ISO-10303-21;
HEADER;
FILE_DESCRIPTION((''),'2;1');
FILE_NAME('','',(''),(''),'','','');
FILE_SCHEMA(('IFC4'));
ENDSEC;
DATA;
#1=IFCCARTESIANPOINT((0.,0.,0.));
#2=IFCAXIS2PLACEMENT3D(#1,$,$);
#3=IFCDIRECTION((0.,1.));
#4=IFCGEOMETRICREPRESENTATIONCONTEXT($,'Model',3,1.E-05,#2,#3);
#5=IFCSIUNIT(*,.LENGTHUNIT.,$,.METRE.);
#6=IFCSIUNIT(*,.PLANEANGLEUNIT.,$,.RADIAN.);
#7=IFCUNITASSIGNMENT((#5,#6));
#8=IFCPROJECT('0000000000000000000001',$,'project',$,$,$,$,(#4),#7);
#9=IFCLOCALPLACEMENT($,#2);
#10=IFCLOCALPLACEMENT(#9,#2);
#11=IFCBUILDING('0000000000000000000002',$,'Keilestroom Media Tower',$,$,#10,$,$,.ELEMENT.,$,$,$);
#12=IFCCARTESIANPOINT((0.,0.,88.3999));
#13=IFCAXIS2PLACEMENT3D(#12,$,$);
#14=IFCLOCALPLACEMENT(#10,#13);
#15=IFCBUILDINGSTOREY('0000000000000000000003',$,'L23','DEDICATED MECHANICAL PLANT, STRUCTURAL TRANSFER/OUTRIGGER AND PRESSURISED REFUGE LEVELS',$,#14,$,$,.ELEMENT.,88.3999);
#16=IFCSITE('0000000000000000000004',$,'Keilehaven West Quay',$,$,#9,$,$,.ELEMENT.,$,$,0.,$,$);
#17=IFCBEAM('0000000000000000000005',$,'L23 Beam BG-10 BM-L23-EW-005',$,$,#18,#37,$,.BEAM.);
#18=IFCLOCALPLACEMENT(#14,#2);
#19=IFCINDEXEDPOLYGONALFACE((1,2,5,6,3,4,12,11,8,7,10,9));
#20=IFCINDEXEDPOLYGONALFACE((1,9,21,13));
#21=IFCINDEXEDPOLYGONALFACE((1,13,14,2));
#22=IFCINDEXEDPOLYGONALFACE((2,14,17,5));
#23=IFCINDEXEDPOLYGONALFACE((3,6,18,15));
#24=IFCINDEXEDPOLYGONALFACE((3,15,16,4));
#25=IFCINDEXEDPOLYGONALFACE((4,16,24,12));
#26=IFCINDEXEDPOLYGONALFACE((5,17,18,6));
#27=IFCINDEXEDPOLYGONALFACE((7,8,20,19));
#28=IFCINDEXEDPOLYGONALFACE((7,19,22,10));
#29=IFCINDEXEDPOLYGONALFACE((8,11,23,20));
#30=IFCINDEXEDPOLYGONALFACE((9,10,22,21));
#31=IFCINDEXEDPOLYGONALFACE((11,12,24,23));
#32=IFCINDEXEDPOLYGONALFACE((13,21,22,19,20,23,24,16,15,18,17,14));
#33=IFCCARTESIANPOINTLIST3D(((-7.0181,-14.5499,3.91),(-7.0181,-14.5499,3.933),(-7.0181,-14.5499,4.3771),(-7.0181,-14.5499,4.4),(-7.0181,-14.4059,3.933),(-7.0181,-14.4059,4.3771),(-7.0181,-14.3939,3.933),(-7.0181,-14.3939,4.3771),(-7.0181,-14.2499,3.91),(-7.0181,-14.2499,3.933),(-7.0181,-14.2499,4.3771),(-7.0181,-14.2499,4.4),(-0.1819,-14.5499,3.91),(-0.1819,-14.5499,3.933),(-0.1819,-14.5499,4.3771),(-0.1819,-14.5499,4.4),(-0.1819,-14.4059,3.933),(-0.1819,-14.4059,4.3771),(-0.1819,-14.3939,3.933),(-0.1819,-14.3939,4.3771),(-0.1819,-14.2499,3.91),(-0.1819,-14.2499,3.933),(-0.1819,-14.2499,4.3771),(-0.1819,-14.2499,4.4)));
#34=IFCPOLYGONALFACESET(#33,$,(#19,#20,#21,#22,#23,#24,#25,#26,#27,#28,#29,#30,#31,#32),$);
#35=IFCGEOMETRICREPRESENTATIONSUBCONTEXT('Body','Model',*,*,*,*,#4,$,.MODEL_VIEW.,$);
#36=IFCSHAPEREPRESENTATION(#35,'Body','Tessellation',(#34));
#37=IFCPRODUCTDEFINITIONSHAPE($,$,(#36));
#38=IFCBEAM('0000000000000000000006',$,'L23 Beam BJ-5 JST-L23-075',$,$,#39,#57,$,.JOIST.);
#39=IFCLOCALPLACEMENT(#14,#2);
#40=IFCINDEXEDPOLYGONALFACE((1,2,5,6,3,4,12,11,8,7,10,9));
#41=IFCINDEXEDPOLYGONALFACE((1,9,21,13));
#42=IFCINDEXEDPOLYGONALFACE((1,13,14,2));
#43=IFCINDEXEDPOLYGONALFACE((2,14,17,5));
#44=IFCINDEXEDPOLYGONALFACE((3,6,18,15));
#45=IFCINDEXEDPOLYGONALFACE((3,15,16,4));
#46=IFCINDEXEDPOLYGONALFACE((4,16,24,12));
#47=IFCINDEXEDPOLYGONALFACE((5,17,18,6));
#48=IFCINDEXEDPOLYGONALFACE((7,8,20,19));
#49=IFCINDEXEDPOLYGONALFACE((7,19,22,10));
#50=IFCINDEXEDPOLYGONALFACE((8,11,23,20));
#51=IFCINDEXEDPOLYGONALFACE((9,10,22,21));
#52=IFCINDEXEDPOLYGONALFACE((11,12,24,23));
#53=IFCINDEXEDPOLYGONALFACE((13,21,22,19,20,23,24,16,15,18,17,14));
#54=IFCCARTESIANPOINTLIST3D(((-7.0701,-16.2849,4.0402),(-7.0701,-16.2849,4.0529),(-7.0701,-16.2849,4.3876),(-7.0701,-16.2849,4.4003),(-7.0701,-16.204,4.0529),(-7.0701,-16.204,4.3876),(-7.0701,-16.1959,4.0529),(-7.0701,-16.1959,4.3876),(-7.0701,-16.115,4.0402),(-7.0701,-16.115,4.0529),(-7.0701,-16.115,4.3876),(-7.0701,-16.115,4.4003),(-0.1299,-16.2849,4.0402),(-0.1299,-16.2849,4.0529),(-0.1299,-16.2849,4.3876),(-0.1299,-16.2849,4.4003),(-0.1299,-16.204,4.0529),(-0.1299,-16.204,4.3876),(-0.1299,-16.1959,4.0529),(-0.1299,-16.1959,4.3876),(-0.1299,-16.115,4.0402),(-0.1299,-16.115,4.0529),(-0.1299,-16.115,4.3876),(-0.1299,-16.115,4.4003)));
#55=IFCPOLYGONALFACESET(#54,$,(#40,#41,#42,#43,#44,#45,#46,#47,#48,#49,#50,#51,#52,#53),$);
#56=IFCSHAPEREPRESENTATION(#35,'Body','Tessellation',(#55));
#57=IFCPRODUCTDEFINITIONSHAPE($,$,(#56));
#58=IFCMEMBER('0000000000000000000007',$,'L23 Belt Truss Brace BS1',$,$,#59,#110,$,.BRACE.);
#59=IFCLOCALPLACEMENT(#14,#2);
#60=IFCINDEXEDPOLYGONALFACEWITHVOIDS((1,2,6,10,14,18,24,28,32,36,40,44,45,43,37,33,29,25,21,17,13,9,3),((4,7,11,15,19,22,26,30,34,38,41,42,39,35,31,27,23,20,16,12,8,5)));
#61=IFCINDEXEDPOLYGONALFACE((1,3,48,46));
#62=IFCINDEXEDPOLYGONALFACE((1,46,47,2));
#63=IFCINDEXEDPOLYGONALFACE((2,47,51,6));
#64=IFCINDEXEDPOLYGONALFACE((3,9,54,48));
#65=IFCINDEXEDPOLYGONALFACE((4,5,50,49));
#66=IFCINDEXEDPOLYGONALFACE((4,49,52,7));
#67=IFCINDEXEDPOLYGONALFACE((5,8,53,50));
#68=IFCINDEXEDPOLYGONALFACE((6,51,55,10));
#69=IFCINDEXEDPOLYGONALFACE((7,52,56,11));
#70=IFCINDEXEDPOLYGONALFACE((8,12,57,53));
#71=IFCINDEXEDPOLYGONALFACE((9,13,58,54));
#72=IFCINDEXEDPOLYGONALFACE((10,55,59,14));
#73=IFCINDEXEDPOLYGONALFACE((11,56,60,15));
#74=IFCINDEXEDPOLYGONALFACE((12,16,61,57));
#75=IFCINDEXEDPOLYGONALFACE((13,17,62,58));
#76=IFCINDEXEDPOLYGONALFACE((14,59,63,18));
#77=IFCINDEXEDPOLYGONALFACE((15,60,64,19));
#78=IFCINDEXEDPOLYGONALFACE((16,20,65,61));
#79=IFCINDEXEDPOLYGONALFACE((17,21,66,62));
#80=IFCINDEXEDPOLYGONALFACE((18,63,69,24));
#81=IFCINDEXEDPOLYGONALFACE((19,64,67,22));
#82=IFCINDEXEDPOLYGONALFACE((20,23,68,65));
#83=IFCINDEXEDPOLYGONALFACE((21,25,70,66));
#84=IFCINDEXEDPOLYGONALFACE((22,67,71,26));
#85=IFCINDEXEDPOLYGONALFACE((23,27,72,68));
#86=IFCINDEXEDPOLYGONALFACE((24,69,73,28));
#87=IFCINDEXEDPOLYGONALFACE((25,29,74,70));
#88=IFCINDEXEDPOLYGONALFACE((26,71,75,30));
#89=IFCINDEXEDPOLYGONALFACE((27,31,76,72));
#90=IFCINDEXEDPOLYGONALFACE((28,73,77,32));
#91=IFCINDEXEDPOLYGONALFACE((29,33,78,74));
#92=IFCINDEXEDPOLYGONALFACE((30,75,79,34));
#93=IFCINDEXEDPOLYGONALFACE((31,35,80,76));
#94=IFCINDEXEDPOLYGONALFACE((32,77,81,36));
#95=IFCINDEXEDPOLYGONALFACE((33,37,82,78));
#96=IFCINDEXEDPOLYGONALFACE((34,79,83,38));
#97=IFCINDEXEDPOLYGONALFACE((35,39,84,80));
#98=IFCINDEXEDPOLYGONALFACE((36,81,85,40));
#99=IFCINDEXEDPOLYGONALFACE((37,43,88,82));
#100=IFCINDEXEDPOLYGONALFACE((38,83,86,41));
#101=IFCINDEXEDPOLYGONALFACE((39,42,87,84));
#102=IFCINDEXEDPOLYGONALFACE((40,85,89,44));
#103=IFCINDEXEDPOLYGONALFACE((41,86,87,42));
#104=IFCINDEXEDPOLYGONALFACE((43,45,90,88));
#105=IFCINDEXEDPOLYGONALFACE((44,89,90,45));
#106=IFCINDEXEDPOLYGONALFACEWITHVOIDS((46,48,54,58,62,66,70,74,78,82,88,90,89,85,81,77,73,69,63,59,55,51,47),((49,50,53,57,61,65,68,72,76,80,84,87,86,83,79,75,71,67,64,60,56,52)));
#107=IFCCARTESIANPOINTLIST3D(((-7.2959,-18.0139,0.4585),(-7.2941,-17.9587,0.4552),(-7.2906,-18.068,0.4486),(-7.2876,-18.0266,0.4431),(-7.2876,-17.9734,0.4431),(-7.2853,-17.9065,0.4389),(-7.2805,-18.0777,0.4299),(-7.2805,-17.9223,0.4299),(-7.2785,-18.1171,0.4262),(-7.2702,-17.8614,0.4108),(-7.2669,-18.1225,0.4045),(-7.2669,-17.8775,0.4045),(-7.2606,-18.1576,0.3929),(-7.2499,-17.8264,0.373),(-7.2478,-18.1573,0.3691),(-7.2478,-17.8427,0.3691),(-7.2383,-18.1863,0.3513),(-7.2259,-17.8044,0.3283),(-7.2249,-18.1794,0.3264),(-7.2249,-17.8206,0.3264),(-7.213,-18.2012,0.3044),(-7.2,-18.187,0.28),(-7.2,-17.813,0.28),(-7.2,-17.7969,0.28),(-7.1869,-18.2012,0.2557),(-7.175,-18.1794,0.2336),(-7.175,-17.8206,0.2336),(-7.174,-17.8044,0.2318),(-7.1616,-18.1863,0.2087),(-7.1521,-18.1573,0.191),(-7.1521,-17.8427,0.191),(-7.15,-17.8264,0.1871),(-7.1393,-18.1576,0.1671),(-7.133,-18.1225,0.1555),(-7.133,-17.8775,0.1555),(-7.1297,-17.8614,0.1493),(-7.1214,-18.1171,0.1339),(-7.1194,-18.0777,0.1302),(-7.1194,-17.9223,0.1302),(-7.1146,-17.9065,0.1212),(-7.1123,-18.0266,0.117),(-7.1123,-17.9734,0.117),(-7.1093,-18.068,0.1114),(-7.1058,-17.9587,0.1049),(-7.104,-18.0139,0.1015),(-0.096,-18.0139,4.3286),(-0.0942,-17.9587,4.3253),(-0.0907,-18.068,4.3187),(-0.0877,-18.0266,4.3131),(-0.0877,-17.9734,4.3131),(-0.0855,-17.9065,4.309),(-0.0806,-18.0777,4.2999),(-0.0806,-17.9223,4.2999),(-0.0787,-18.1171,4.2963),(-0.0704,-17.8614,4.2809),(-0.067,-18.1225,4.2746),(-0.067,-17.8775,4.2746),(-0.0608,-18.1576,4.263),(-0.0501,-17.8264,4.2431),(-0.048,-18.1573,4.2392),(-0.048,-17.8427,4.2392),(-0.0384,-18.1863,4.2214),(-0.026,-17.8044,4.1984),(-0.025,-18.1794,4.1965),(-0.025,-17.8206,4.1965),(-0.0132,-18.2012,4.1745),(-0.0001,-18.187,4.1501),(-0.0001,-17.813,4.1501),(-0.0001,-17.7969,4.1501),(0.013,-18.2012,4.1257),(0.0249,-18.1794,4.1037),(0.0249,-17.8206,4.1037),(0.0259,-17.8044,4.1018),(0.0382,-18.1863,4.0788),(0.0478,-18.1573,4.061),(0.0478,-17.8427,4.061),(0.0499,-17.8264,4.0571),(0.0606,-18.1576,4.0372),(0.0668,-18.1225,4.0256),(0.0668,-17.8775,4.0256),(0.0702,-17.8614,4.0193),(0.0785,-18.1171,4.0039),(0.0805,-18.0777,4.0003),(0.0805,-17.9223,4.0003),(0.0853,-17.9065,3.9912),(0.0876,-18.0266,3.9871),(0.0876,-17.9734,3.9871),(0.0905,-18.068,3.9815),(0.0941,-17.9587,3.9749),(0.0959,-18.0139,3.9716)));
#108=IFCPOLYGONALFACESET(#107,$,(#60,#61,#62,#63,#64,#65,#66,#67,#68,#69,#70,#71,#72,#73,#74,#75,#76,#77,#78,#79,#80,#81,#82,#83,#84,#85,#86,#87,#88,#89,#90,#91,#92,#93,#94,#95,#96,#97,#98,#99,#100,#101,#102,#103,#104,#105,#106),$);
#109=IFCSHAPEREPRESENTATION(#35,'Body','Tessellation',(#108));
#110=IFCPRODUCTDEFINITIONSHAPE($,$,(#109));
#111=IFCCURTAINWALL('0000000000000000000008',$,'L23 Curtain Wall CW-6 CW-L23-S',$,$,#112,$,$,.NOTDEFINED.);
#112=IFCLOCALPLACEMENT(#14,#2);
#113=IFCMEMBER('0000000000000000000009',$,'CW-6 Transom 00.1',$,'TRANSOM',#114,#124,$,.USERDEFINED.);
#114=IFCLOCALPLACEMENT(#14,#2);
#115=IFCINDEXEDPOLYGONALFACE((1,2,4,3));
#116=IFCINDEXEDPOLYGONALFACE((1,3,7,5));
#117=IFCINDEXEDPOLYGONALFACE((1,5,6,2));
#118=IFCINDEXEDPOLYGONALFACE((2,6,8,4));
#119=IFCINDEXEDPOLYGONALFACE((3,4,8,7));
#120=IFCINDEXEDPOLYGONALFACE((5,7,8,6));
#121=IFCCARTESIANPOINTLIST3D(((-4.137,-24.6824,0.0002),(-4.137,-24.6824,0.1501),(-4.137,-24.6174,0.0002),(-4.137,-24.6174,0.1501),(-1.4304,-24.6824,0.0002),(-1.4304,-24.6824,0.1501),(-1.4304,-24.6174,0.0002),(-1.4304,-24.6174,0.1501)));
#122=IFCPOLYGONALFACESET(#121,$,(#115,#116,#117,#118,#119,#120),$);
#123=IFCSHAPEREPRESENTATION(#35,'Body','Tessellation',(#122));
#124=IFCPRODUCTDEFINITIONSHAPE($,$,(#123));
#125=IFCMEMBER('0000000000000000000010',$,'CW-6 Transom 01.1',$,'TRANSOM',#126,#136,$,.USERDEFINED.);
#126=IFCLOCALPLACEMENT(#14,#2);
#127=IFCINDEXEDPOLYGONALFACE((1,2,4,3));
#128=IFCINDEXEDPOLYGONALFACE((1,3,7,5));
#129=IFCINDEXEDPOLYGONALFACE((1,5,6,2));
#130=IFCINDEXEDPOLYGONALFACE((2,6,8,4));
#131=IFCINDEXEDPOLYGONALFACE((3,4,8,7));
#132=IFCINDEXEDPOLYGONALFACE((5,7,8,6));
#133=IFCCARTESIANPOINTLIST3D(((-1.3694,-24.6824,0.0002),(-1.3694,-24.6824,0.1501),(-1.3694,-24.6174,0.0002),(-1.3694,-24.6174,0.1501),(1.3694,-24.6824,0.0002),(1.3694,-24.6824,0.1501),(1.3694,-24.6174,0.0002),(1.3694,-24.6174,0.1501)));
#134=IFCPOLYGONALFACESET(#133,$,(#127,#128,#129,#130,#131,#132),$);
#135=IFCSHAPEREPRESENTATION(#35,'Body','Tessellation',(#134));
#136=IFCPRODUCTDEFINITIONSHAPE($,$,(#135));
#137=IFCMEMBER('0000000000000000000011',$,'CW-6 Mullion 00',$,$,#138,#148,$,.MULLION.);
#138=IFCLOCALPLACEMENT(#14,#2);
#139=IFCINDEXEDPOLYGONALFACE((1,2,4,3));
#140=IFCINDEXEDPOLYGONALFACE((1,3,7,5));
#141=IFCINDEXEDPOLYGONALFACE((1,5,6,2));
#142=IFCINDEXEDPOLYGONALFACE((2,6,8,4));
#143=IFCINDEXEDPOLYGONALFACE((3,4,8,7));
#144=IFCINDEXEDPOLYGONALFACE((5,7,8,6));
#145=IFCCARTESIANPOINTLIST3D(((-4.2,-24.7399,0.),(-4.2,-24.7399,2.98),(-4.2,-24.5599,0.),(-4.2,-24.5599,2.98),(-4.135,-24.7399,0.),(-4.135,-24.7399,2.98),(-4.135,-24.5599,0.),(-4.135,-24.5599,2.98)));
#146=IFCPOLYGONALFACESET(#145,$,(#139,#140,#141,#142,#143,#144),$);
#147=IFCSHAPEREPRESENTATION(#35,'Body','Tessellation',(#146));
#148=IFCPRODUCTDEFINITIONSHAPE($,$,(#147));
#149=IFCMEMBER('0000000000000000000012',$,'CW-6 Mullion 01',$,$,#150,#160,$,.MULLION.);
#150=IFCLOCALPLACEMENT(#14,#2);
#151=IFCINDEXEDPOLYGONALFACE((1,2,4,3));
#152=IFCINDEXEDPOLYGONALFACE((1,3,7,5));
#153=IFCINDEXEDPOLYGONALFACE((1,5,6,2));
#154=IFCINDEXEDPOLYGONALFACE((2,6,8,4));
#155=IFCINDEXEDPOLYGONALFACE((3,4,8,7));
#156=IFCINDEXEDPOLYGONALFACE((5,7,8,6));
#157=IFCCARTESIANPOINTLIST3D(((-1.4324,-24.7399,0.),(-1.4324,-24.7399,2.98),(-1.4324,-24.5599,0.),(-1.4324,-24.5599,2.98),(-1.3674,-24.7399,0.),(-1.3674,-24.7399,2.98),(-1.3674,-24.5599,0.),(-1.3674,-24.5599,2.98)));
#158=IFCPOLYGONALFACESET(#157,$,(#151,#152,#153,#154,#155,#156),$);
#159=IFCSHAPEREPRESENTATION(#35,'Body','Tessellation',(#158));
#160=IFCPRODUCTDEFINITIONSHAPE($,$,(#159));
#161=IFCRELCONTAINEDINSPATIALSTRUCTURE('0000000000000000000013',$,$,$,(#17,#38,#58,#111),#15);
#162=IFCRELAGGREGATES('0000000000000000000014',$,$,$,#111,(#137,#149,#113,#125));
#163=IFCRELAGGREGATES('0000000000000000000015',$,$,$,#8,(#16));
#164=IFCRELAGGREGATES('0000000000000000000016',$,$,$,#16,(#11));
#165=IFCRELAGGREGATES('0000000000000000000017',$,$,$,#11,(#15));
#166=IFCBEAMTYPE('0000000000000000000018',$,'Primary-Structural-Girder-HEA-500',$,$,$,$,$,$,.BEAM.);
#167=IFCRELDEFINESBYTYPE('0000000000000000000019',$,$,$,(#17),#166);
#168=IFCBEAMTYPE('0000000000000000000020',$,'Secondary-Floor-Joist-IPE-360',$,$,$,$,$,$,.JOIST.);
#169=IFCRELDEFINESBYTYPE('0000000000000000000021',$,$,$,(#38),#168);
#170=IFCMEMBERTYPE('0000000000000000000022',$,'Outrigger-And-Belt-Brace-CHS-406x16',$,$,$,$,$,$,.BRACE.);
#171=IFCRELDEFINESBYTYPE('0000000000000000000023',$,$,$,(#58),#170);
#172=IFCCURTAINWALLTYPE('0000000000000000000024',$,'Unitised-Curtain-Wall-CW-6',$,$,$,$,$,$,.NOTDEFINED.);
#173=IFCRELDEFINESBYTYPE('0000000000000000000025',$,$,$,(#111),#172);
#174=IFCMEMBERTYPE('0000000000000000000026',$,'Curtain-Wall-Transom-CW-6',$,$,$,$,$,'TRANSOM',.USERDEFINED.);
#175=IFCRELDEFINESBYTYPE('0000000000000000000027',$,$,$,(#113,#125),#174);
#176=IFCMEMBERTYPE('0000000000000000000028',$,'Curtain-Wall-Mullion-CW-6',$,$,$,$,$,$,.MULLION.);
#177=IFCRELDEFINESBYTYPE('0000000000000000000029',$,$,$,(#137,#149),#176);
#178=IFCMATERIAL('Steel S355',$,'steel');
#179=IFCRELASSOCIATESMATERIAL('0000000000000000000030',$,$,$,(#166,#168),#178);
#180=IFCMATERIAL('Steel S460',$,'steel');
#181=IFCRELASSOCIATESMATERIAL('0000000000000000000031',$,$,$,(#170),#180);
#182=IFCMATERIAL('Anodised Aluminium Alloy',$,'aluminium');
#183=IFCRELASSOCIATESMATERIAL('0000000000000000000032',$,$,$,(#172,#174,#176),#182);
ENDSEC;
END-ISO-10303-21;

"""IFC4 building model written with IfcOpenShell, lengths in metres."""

from ifc_helpers import new_model, si_unit, direction, frame, origin, origin_2d, place, context, subcontext, project, spatial, rectangle, hollow_circle, i_section, extrude, source, transform, mapped, material, material_profile, profile_set, type_object, element, aggregate, save


model = new_model("IFC4")

# Units and contexts
model_context = context("Model", 3, precision=1e-05, world=origin(), true_north=direction((0.0, 1.0)))
body_context = subcontext(model_context, "Body", "Model", "MODEL_VIEW")
ifc_project = project(units=[si_unit("LENGTHUNIT", "METRE"), si_unit("PLANEANGLEUNIT", "RADIAN")], contexts=[model_context])

# Site, building, storey
site_placement = place(None, origin())
site = spatial("IfcSite", under=ifc_project, at=site_placement, Name="Keilehaven West Quay", CompositionType="ELEMENT", RefElevation=0.0)
building_placement = place(site_placement, origin())
building = spatial("IfcBuilding", under=site, at=building_placement, Name="Keilestroom Media Tower", CompositionType="ELEMENT")
storey_placement = place(building_placement, frame((0.0, 0.0, 88.3999)))
storey = spatial("IfcBuildingStorey", under=building, at=storey_placement, Name="L23", Description="DEDICATED MECHANICAL PLANT, STRUCTURAL TRANSFER/OUTRIGGER AND PRESSURISED REFUGE LEVELS", CompositionType="ELEMENT", Elevation=88.3999)

# Shared definitions
ifc_material_1 = material(Name="Steel S460", Category="steel")

# Beams
ifc_material_2 = material(Name="Steel S355", Category="steel")
ifc_material_profile_1 = material_profile(ifc_material_2, i_section(OverallWidth=0.3, OverallDepth=0.49, WebThickness=0.012, FlangeThickness=0.0229, at=origin_2d()), Name="HEA 500")
ifc_profile_set_1 = profile_set([ifc_material_profile_1], Name="Steel S355")
beam_type_1 = type_object("IfcBeamType", Name="Primary-Structural-Girder-HEA-500", PredefinedType="BEAM", material=ifc_profile_set_1)
shared_shape_1 = source(origin(), body_context, "Body", "SweptSolid", [
    extrude(i_section(OverallWidth=0.3, OverallDepth=0.49, WebThickness=0.012, FlangeThickness=0.0229, at=origin_2d()), origin(), (0.0, 0.0, 1.0), 6.8362),
])
for number, where, z_axis, x_axis, name in (
    (1, (-7.0181, -14.3999, 4.155), (1.0, 0.0, 0.0), (0.0, 1.0, 0.0), "L23 Beam BG-10 BM-L23-EW-005"),
):
    element("IfcBeam", number, at=place(storey_placement, frame(where, z_axis=z_axis, x_axis=x_axis)), inside=storey, type_object=beam_type_1, Name=name, PredefinedType="BEAM", context=body_context, shape_type="MappedRepresentation", body=[
        mapped(shared_shape_1, transform((0.0, 0.0, 0.0), x_axis=(1.0, 0.0, 0.0), y_axis=(0.0, 1.0, 0.0), z_axis=(0.0, 0.0, 1.0), scale=1.0)),
    ])
ifc_material_profile_2 = material_profile(ifc_material_2, i_section(OverallWidth=0.1699, OverallDepth=0.3601, WebThickness=0.0081, FlangeThickness=0.0127, at=origin_2d()), Name="IPE 360")
ifc_profile_set_2 = profile_set([ifc_material_profile_2], Name="Steel S355")
beam_type_2 = type_object("IfcBeamType", Name="Secondary-Floor-Joist-IPE-360", PredefinedType="JOIST", material=ifc_profile_set_2)
shared_shape_2 = source(origin(), body_context, "Body", "SweptSolid", [
    extrude(i_section(OverallWidth=0.1699, OverallDepth=0.3601, WebThickness=0.0081, FlangeThickness=0.0127, at=origin_2d()), origin(), (0.0, 0.0, 1.0), 6.9402),
])
beam_1_placement = place(storey_placement, frame((-7.0701, -16.2, 4.2202), z_axis=(1.0, 0.0, 0.0), x_axis=(0.0, 1.0, 0.0)))
element("IfcBeam", 2, at=beam_1_placement, inside=storey, type_object=beam_type_2, Name="L23 Beam BJ-5 JST-L23-075", PredefinedType="JOIST", context=body_context, shape_type="MappedRepresentation", body=[
    mapped(shared_shape_2, transform((0.0, 0.0, 0.0), x_axis=(1.0, 0.0, 0.0), y_axis=(0.0, 1.0, 0.0), z_axis=(0.0, 0.0, 1.0), scale=1.0)),
])

# Member
ifc_material_profile_3 = material_profile(ifc_material_1, hollow_circle(Radius=0.2031, WallThickness=0.0161, at=origin_2d()), Name="CHS 406.4x16")
ifc_profile_set_3 = profile_set([ifc_material_profile_3], Name="Steel S460")
member_type_1 = type_object("IfcMemberType", Name="Outrigger-And-Belt-Brace-CHS-406x16", PredefinedType="BRACE", material=ifc_profile_set_3)
shared_shape_3 = source(origin(), body_context, "Body", "SweptSolid", [
    extrude(hollow_circle(Radius=0.2031, WallThickness=0.0161, at=origin_2d()), origin(), (0.0, 0.0, 1.0), 8.1741),
])
member_1_placement = place(storey_placement, frame((-7.2, -18.0, 0.28), z_axis=(0.880817, 0.0, 0.473457), x_axis=(0.0, 1.0, 0.0)))
element("IfcMember", 3, at=member_1_placement, inside=storey, type_object=member_type_1, Name="L23 Belt Truss Brace BS1", PredefinedType="BRACE", context=body_context, shape_type="MappedRepresentation", body=[
    mapped(shared_shape_3, transform((0.0, 0.0, 0.0), x_axis=(1.0, 0.0, 0.0), y_axis=(0.0, 1.0, 0.0), z_axis=(0.0, 0.0, 1.0), scale=1.0)),
])

# Curtain wall, members
ifc_material_3 = material(Name="Anodised Aluminium Alloy", Category="aluminium")
curtain_wall_type = type_object("IfcCurtainWallType", Name="Unitised-Curtain-Wall-CW-6", PredefinedType="NOTDEFINED", material=ifc_material_3)
curtain_wall_placement = place(storey_placement, origin())
curtain_wall = element("IfcCurtainWall", 4, at=curtain_wall_placement, inside=storey, type_object=curtain_wall_type, Name="L23 Curtain Wall CW-6 CW-L23-S", PredefinedType="NOTDEFINED")
ifc_material_profile_4 = material_profile(ifc_material_3, rectangle(XDim=0.0649, YDim=0.1499, at=origin_2d()), Name="ALU TRANSOM 65x150")
ifc_profile_set_4 = profile_set([ifc_material_profile_4], Name="Anodised Aluminium Alloy")
member_type_2 = type_object("IfcMemberType", Name="Curtain-Wall-Transom-CW-6", ElementType="TRANSOM", PredefinedType="USERDEFINED", material=ifc_profile_set_4)
shared_shape_4 = source(origin(), body_context, "Body", "SweptSolid", [
    extrude(rectangle(XDim=0.0649, YDim=0.1499, at=origin_2d()), origin(), (0.0, 0.0, 1.0), 2.7065),
])
member_2_placement = place(storey_placement, frame((-4.137, -24.6499, 0.0752), z_axis=(1.0, 0.0, 0.0), x_axis=(0.0, 1.0, 0.0)))
member_2 = element("IfcMember", 5, at=member_2_placement, type_object=member_type_2, Name="CW-6 Transom 00.1", ObjectType="TRANSOM", PredefinedType="USERDEFINED", context=body_context, shape_type="MappedRepresentation", body=[
    mapped(shared_shape_4, transform((0.0, 0.0, 0.0), x_axis=(1.0, 0.0, 0.0), y_axis=(0.0, 1.0, 0.0), z_axis=(0.0, 0.0, 1.0), scale=1.0)),
])
shared_shape_5 = source(origin(), body_context, "Body", "SweptSolid", [
    extrude(rectangle(XDim=0.0649, YDim=0.1499, at=origin_2d()), origin(), (0.0, 0.0, 1.0), 2.7388),
])
member_3_placement = place(storey_placement, frame((-1.3694, -24.6499, 0.0752), z_axis=(1.0, 0.0, 0.0), x_axis=(0.0, 1.0, 0.0)))
member_3 = element("IfcMember", 6, at=member_3_placement, type_object=member_type_2, Name="CW-6 Transom 01.1", ObjectType="TRANSOM", PredefinedType="USERDEFINED", context=body_context, shape_type="MappedRepresentation", body=[
    mapped(shared_shape_5, transform((0.0, 0.0, 0.0), x_axis=(1.0, 0.0, 0.0), y_axis=(0.0, 1.0, 0.0), z_axis=(0.0, 0.0, 1.0), scale=1.0)),
])
ifc_material_profile_5 = material_profile(ifc_material_3, rectangle(XDim=0.0649, YDim=0.1799, at=origin_2d()), Name="ALU MULLION 65x180")
ifc_profile_set_5 = profile_set([ifc_material_profile_5], Name="Anodised Aluminium Alloy")
member_type_3 = type_object("IfcMemberType", Name="Curtain-Wall-Mullion-CW-6", PredefinedType="MULLION", material=ifc_profile_set_5)
shared_shape_6 = source(origin(), body_context, "Body", "SweptSolid", [
    extrude(rectangle(XDim=0.0649, YDim=0.1799, at=origin_2d()), origin(), (0.0, 0.0, 1.0), 2.98),
])
member_4_placement = place(storey_placement, frame((-4.1675, -24.6499, 0.0), z_axis=(0.0, 0.0, 1.0), x_axis=(1.0, 0.0, 0.0)))
member_4 = element("IfcMember", 7, at=member_4_placement, type_object=member_type_3, Name="CW-6 Mullion 00", PredefinedType="MULLION", context=body_context, shape_type="MappedRepresentation", body=[
    mapped(shared_shape_6, transform((0.0, 0.0, 0.0), x_axis=(1.0, 0.0, 0.0), y_axis=(0.0, 1.0, 0.0), z_axis=(0.0, 0.0, 1.0), scale=1.0)),
])
member_5_placement = place(storey_placement, frame((-1.3999, -24.6499, 0.0), z_axis=(0.0, 0.0, 1.0), x_axis=(1.0, 0.0, 0.0)))
member_5 = element("IfcMember", 8, at=member_5_placement, type_object=member_type_3, Name="CW-6 Mullion 01", PredefinedType="MULLION", context=body_context, shape_type="MappedRepresentation", body=[
    mapped(shared_shape_6, transform((0.0, 0.0, 0.0), x_axis=(1.0, 0.0, 0.0), y_axis=(0.0, 1.0, 0.0), z_axis=(0.0, 0.0, 1.0), scale=1.0)),
])

aggregate(curtain_wall, [member_4, member_5, member_2, member_3])

save(model, "model.ifc")
